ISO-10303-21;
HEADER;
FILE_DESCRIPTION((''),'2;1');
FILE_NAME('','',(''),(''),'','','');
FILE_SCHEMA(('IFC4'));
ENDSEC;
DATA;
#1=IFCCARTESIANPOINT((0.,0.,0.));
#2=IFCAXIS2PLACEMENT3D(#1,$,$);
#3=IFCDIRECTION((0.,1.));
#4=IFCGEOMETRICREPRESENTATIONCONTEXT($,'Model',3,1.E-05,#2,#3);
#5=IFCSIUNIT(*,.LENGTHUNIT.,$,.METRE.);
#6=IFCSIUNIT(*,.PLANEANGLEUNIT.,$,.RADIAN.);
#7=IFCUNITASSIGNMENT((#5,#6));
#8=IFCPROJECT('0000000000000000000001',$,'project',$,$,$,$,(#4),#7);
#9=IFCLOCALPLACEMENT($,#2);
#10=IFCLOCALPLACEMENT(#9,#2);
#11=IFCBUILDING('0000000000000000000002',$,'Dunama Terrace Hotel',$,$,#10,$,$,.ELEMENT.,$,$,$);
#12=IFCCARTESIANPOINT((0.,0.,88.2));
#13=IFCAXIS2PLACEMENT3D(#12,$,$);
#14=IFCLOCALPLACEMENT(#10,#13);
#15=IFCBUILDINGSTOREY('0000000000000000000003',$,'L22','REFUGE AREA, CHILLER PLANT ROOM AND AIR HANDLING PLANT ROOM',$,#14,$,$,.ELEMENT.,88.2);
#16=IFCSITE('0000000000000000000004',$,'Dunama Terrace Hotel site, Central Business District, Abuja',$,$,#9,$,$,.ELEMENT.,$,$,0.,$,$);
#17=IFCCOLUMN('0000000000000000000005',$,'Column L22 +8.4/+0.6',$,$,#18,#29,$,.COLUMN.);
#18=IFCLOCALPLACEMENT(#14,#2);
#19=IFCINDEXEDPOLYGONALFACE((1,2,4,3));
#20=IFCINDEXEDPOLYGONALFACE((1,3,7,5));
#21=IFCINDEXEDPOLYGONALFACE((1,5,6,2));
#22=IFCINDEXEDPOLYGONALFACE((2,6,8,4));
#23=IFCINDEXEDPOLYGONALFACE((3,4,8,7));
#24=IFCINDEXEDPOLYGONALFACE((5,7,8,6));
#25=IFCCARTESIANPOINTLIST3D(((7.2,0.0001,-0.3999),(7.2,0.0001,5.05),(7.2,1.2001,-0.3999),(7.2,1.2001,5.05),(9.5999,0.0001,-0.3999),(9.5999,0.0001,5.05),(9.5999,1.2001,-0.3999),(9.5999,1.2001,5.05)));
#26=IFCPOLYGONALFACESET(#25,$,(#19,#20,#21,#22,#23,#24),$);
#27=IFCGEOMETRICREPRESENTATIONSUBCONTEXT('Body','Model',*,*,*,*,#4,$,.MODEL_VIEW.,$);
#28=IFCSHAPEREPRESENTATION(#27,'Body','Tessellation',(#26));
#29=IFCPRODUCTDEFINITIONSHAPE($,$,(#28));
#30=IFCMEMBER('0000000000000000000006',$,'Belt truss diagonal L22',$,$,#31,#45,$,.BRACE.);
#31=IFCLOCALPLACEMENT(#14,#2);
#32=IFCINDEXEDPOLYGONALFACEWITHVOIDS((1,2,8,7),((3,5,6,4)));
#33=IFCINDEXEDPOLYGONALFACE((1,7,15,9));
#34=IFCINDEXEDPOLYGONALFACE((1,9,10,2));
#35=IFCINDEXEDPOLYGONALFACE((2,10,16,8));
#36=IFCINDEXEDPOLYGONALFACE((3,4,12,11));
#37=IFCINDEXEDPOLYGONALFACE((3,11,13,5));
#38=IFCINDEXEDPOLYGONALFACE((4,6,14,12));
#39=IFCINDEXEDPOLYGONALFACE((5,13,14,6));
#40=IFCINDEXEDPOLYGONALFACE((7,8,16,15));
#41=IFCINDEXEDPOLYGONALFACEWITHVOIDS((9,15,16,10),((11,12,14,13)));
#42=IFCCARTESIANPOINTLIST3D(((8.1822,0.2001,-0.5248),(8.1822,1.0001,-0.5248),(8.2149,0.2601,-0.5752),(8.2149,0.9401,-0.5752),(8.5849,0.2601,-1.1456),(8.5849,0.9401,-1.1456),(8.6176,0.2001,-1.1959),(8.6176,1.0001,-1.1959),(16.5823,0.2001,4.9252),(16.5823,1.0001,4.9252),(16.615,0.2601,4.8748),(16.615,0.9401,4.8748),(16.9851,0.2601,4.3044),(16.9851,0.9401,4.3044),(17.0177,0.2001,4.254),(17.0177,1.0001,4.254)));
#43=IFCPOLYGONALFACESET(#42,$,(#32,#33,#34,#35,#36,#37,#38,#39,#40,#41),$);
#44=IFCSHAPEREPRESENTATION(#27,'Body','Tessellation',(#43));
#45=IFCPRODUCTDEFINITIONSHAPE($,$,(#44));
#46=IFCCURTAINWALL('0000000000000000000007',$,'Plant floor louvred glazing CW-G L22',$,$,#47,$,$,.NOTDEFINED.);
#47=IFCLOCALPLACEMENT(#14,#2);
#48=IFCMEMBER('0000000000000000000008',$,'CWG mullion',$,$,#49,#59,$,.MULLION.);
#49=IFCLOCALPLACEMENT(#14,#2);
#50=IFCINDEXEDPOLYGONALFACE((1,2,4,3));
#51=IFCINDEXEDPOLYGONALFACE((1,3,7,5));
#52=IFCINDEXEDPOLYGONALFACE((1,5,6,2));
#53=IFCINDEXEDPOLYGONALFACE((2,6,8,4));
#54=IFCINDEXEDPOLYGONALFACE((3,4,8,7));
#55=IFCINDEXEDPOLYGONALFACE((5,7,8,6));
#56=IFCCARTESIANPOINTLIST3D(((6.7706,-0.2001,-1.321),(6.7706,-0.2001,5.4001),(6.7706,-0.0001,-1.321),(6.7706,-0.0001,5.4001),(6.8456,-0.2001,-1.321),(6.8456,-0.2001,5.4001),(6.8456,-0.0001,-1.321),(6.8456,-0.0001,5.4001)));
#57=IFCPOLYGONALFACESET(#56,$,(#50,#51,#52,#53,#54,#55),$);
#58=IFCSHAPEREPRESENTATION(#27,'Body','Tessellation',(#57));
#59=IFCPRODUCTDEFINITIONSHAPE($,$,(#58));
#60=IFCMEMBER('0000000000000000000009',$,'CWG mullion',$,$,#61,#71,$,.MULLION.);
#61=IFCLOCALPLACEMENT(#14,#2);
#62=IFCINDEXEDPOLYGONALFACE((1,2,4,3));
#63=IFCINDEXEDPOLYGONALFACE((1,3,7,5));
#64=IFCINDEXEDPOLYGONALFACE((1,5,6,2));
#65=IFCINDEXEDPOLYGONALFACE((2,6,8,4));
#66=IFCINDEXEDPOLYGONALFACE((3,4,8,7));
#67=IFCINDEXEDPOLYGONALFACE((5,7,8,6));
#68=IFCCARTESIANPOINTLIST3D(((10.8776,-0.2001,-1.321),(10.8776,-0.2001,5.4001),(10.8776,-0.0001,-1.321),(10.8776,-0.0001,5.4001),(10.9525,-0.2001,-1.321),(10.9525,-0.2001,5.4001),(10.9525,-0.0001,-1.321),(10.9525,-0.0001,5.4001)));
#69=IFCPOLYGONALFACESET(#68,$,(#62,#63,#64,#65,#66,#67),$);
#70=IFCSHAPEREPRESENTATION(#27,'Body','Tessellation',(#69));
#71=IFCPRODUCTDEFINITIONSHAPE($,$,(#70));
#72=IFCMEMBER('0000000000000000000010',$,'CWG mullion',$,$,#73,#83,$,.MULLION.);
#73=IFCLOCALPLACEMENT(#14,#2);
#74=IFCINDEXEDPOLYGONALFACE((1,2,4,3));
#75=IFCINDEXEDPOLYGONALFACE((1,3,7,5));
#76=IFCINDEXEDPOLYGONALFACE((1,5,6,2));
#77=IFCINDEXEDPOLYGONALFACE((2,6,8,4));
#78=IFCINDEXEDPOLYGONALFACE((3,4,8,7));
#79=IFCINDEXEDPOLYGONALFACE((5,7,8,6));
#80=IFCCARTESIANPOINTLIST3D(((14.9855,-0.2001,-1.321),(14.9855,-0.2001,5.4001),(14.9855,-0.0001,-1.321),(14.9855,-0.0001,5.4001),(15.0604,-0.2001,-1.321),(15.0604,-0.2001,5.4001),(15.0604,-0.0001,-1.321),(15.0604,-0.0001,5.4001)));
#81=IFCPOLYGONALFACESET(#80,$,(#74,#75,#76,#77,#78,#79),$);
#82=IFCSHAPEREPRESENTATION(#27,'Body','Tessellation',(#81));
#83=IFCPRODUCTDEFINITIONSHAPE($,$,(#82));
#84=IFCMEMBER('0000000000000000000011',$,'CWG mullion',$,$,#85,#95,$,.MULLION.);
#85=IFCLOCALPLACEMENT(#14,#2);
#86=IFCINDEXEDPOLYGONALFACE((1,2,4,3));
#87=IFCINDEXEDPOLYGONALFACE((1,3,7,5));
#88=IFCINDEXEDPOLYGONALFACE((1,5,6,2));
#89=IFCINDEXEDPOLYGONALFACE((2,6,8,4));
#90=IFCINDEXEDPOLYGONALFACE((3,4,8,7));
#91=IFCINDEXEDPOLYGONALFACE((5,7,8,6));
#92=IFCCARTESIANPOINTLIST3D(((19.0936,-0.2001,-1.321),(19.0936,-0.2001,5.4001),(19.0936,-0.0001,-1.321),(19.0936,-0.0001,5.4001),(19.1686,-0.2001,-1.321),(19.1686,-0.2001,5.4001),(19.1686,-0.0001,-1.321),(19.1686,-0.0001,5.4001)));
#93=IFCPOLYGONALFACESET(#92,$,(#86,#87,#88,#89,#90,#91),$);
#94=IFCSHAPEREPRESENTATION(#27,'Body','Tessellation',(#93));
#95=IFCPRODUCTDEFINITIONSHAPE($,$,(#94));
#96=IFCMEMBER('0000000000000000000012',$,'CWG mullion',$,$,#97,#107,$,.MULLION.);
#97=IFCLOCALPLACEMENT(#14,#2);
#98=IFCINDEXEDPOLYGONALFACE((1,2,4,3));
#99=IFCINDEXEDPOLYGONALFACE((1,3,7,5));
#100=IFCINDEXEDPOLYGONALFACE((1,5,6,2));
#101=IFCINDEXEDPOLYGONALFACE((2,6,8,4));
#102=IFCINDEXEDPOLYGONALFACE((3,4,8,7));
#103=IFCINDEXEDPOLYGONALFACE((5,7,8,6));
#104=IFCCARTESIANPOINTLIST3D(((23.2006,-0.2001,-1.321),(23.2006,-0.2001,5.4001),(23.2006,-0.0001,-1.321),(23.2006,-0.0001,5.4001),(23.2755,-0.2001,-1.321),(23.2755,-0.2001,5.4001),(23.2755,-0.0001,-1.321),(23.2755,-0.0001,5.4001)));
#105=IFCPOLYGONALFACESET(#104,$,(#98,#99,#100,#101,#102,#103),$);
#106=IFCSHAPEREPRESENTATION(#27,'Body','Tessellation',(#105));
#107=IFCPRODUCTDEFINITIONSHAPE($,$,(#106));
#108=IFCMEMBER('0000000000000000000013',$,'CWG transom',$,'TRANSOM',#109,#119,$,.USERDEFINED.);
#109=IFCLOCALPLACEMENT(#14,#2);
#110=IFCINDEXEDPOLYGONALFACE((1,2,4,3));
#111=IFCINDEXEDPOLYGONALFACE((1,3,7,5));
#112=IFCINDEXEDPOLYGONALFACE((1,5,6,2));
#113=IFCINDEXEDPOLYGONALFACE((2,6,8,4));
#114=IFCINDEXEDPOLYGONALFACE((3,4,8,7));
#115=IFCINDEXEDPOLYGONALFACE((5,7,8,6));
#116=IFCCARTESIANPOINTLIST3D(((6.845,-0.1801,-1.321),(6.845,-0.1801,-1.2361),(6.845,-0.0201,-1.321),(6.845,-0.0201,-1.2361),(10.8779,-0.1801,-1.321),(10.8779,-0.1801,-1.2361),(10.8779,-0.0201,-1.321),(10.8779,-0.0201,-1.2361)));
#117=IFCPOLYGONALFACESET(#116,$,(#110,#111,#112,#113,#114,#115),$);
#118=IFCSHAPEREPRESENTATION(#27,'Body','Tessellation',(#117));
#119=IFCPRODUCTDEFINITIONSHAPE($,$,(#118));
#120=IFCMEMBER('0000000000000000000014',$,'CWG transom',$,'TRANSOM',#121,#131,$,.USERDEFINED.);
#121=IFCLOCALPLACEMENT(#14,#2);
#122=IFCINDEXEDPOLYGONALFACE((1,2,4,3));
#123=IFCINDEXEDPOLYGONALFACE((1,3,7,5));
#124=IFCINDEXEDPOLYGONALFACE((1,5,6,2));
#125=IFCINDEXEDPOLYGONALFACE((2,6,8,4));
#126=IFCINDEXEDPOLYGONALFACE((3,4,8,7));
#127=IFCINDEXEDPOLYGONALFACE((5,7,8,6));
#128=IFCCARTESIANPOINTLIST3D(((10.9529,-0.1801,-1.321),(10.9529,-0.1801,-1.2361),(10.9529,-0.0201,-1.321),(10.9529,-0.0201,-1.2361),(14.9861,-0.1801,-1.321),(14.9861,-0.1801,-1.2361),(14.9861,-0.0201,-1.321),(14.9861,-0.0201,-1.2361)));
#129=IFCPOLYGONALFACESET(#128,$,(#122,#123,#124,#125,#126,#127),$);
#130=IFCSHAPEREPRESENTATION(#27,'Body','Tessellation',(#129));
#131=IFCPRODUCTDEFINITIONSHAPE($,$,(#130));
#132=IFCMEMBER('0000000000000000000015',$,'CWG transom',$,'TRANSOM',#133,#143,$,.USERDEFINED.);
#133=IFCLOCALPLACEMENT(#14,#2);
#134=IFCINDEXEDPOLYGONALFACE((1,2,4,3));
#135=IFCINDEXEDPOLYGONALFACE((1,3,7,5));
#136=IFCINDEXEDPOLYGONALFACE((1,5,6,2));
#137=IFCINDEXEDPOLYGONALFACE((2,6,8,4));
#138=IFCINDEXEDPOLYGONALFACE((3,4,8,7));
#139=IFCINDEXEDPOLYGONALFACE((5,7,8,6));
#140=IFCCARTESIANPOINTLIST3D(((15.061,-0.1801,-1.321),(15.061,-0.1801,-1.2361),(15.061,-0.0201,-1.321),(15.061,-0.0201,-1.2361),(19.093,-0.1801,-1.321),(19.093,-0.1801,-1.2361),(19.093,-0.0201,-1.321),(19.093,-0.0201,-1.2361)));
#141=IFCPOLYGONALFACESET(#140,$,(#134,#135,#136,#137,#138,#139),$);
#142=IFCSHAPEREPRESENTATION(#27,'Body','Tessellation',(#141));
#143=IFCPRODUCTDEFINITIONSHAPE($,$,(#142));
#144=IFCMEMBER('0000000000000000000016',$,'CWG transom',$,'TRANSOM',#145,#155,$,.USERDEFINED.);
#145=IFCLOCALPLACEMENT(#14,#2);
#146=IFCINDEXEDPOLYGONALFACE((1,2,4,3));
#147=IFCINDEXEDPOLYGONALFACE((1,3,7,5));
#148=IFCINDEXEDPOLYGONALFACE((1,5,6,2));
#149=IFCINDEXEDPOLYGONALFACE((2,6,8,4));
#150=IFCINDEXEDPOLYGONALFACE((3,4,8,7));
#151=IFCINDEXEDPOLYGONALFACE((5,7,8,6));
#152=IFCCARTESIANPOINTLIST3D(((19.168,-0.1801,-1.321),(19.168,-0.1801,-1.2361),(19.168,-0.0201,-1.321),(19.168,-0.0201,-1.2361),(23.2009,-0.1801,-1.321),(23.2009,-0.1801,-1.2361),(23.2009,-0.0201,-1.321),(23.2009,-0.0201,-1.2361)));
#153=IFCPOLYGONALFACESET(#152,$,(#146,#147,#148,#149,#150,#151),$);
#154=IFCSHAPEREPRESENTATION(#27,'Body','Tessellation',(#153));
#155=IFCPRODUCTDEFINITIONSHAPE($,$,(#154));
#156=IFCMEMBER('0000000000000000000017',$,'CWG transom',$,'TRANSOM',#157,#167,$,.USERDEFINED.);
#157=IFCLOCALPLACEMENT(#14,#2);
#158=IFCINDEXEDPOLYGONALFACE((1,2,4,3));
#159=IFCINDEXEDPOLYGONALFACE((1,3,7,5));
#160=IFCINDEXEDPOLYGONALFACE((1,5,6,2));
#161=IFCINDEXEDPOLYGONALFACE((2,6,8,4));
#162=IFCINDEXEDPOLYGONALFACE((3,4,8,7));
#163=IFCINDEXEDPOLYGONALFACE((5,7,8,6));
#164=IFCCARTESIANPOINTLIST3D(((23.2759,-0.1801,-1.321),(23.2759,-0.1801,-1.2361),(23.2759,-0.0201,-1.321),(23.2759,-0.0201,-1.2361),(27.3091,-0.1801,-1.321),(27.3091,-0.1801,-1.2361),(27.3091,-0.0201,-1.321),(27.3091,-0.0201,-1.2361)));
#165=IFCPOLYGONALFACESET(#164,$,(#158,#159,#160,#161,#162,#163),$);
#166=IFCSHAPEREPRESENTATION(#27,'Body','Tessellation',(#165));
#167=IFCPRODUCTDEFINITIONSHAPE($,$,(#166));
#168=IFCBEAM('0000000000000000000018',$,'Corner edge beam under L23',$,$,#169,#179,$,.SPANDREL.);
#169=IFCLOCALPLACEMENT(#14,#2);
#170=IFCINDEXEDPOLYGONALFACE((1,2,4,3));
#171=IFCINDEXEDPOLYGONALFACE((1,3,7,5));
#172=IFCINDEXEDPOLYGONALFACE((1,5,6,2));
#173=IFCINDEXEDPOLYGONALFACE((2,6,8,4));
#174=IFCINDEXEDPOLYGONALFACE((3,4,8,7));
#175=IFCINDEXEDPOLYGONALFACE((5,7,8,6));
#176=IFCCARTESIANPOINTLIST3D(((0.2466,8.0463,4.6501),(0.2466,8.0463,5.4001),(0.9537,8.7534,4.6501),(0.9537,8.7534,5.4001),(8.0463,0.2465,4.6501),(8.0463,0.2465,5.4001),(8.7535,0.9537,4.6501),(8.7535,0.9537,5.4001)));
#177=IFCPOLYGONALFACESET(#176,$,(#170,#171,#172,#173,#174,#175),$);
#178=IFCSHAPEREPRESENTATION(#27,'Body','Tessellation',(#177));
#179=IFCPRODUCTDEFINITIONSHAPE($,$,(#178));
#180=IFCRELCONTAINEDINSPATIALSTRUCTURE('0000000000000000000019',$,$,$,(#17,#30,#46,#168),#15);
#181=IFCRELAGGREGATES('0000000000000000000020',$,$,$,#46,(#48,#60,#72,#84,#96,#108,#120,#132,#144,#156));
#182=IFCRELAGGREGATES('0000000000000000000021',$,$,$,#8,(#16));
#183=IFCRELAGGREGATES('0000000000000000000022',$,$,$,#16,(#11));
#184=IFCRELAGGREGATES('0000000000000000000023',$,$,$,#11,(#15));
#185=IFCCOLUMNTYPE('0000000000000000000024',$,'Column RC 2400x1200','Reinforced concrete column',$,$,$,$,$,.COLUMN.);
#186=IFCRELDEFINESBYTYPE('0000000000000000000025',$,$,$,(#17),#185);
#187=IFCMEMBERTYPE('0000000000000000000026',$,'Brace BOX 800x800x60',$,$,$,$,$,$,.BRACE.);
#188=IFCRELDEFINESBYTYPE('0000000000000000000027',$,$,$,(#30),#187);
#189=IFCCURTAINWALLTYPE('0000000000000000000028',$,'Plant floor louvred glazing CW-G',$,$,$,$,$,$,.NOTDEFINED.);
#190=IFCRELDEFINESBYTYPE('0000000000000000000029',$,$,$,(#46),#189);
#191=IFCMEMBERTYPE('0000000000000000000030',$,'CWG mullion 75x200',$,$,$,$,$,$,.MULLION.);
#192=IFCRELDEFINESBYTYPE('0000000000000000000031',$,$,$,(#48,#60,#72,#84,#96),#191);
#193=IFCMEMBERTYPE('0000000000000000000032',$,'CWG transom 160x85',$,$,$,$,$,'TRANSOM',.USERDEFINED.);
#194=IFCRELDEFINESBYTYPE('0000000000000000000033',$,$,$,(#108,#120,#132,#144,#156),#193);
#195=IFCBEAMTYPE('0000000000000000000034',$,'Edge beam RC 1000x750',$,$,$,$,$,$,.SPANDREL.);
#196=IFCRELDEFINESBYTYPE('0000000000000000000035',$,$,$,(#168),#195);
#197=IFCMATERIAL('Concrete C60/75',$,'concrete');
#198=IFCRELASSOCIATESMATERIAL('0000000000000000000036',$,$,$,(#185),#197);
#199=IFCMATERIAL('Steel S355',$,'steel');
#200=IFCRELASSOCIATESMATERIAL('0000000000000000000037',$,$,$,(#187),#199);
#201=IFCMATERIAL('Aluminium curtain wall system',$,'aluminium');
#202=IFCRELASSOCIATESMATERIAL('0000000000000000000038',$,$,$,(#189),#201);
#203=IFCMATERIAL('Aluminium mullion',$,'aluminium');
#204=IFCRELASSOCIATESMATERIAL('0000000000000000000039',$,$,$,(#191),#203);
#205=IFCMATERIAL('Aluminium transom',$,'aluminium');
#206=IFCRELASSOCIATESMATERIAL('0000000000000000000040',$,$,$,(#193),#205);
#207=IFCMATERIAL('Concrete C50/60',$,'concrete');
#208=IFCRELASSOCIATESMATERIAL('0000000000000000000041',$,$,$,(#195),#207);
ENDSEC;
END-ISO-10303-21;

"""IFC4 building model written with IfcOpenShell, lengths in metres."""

from ifc_helpers import new_model, si_unit, direction, frame, origin, origin_2d, place, context, subcontext, project, spatial, rectangle, hollow_rectangle, extrude, material, material_profile, profile_set, type_object, element, aggregate, save


model = new_model("IFC4")

# Units and contexts
model_context = context("Model", 3, precision=1e-05, world=origin(), true_north=direction((0.0, 1.0)))
body_context = subcontext(model_context, "Body", "Model", "MODEL_VIEW")
ifc_project = project(units=[si_unit("LENGTHUNIT", "METRE"), si_unit("PLANEANGLEUNIT", "RADIAN")], contexts=[model_context])

# Site, building, storey
site_placement = place(None, origin())
site = spatial("IfcSite", under=ifc_project, at=site_placement, Name="Dunama Terrace Hotel site, Central Business District, Abuja", CompositionType="ELEMENT", RefElevation=0.0)
building_placement = place(site_placement, origin())
building = spatial("IfcBuilding", under=site, at=building_placement, Name="Dunama Terrace Hotel", CompositionType="ELEMENT")
storey_placement = place(building_placement, frame((0.0, 0.0, 88.2)))
storey = spatial("IfcBuildingStorey", under=building, at=storey_placement, Name="L22", Description="REFUGE AREA, CHILLER PLANT ROOM AND AIR HANDLING PLANT ROOM", CompositionType="ELEMENT", Elevation=88.2)

# Column
ifc_material_1 = material(Name="Concrete C60/75", Category="concrete")
ifc_material_profile_1 = material_profile(ifc_material_1, rectangle(XDim=2.3999, YDim=1.2, at=origin_2d()), Name="RC 2400x1200")
ifc_profile_set_1 = profile_set([ifc_material_profile_1], Name="Concrete C60/75")
column_type = type_object("IfcColumnType", Name="Column RC 2400x1200", Description="Reinforced concrete column", PredefinedType="COLUMN", material=ifc_profile_set_1)
column_placement = place(storey_placement, frame((8.3999, 0.6001, -0.3999), z_axis=(0.0, 0.0, 1.0), x_axis=(1.0, 0.0, 0.0)))
element("IfcColumn", 1, at=column_placement, inside=storey, type_object=column_type, Name="Column L22 +8.4/+0.6", PredefinedType="COLUMN", context=body_context, shape_type="SweptSolid", body=[
    extrude(rectangle(XDim=2.3999, YDim=1.2, at=origin_2d()), origin(), (0.0, 0.0, 1.0), 5.45),
])

# Member
ifc_material_2 = material(Name="Steel S355", Category="steel")
ifc_material_profile_2 = material_profile(ifc_material_2, hollow_rectangle(XDim=0.8, YDim=0.8, WallThickness=0.0601, at=origin_2d()), Name="BOX 800x800x60")
ifc_profile_set_2 = profile_set([ifc_material_profile_2], Name="Steel S355")
member_type_1 = type_object("IfcMemberType", Name="Brace BOX 800x800x60", PredefinedType="BRACE", material=ifc_profile_set_2)
member_1_placement = place(storey_placement, frame((8.3999, 0.6001, -0.8604), z_axis=(0.838906, 0.0, 0.544276), x_axis=(0.0, 1.0, 0.0)))
element("IfcMember", 2, at=member_1_placement, inside=storey, type_object=member_type_1, Name="Belt truss diagonal L22", PredefinedType="BRACE", context=body_context, shape_type="SweptSolid", body=[
    extrude(hollow_rectangle(XDim=0.8, YDim=0.8, WallThickness=0.0601, at=origin_2d()), origin(), (0.0, 0.0, 1.0), 10.0132),
])

# Curtain wall, members
ifc_material_3 = material(Name="Aluminium curtain wall system", Category="aluminium")
curtain_wall_type = type_object("IfcCurtainWallType", Name="Plant floor louvred glazing CW-G", PredefinedType="NOTDEFINED", material=ifc_material_3)
curtain_wall_placement = place(storey_placement, origin())
curtain_wall = element("IfcCurtainWall", 3, at=curtain_wall_placement, inside=storey, type_object=curtain_wall_type, Name="Plant floor louvred glazing CW-G L22", PredefinedType="NOTDEFINED")
ifc_material_4 = material(Name="Aluminium mullion", Category="aluminium")
ifc_material_profile_3 = material_profile(ifc_material_4, rectangle(XDim=0.075, YDim=0.2, at=origin_2d()), Name="CWG MULLION 75X200")
ifc_profile_set_3 = profile_set([ifc_material_profile_3], Name="Aluminium mullion")
member_type_2 = type_object("IfcMemberType", Name="CWG mullion 75x200", PredefinedType="MULLION", material=ifc_profile_set_3)
member_2_placement = place(storey_placement, frame((6.8081, -0.1001, -1.321), z_axis=(0.0, 0.0, 1.0), x_axis=(1.0, 0.0, 0.0)))
member_2 = element("IfcMember", 4, at=member_2_placement, type_object=member_type_2, Name="CWG mullion", PredefinedType="MULLION", context=body_context, shape_type="SweptSolid", body=[
    extrude(rectangle(XDim=0.075, YDim=0.2, at=origin_2d()), origin(), (0.0, 0.0, 1.0), 6.7212),
])
member_3_placement = place(storey_placement, frame((10.915, -0.1001, -1.321), z_axis=(0.0, 0.0, 1.0), x_axis=(1.0, 0.0, 0.0)))
member_3 = element("IfcMember", 5, at=member_3_placement, type_object=member_type_2, Name="CWG mullion", PredefinedType="MULLION", context=body_context, shape_type="SweptSolid", body=[
    extrude(rectangle(XDim=0.075, YDim=0.2, at=origin_2d()), origin(), (0.0, 0.0, 1.0), 6.7212),
])
member_4_placement = place(storey_placement, frame((15.0229, -0.1001, -1.321), z_axis=(0.0, 0.0, 1.0), x_axis=(1.0, 0.0, 0.0)))
member_4 = element("IfcMember", 6, at=member_4_placement, type_object=member_type_2, Name="CWG mullion", PredefinedType="MULLION", context=body_context, shape_type="SweptSolid", body=[
    extrude(rectangle(XDim=0.075, YDim=0.2, at=origin_2d()), origin(), (0.0, 0.0, 1.0), 6.7212),
])
member_5_placement = place(storey_placement, frame((19.1311, -0.1001, -1.321), z_axis=(0.0, 0.0, 1.0), x_axis=(1.0, 0.0, 0.0)))
member_5 = element("IfcMember", 7, at=member_5_placement, type_object=member_type_2, Name="CWG mullion", PredefinedType="MULLION", context=body_context, shape_type="SweptSolid", body=[
    extrude(rectangle(XDim=0.075, YDim=0.2, at=origin_2d()), origin(), (0.0, 0.0, 1.0), 6.7212),
])
member_6_placement = place(storey_placement, frame((23.238, -0.1001, -1.321), z_axis=(0.0, 0.0, 1.0), x_axis=(1.0, 0.0, 0.0)))
member_6 = element("IfcMember", 8, at=member_6_placement, type_object=member_type_2, Name="CWG mullion", PredefinedType="MULLION", context=body_context, shape_type="SweptSolid", body=[
    extrude(rectangle(XDim=0.075, YDim=0.2, at=origin_2d()), origin(), (0.0, 0.0, 1.0), 6.7212),
])
ifc_material_5 = material(Name="Aluminium transom", Category="aluminium")
ifc_material_profile_4 = material_profile(ifc_material_5, rectangle(XDim=0.1599, YDim=0.085, at=origin_2d()), Name="CWG TRANSOM 160X85")
ifc_profile_set_4 = profile_set([ifc_material_profile_4], Name="Aluminium transom")
member_type_3 = type_object("IfcMemberType", Name="CWG transom 160x85", ElementType="TRANSOM", PredefinedType="USERDEFINED", material=ifc_profile_set_4)
member_7_placement = place(storey_placement, frame((6.845, -0.1001, -1.2786), z_axis=(1.0, 0.0, 0.0), x_axis=(0.0, 1.0, 0.0)))
member_7 = element("IfcMember", 9, at=member_7_placement, type_object=member_type_3, Name="CWG transom", ObjectType="TRANSOM", PredefinedType="USERDEFINED", context=body_context, shape_type="SweptSolid", body=[
    extrude(rectangle(XDim=0.1599, YDim=0.085, at=origin_2d()), origin(), (0.0, 0.0, 1.0), 4.033),
])
member_8_placement = place(storey_placement, frame((10.9529, -0.1001, -1.2786), z_axis=(1.0, 0.0, 0.0), x_axis=(0.0, 1.0, 0.0)))
member_8 = element("IfcMember", 10, at=member_8_placement, type_object=member_type_3, Name="CWG transom", ObjectType="TRANSOM", PredefinedType="USERDEFINED", context=body_context, shape_type="SweptSolid", body=[
    extrude(rectangle(XDim=0.1599, YDim=0.085, at=origin_2d()), origin(), (0.0, 0.0, 1.0), 4.0332),
])
member_9_placement = place(storey_placement, frame((15.061, -0.1001, -1.2786), z_axis=(1.0, 0.0, 0.0), x_axis=(0.0, 1.0, 0.0)))
member_9 = element("IfcMember", 11, at=member_9_placement, type_object=member_type_3, Name="CWG transom", ObjectType="TRANSOM", PredefinedType="USERDEFINED", context=body_context, shape_type="SweptSolid", body=[
    extrude(rectangle(XDim=0.1599, YDim=0.085, at=origin_2d()), origin(), (0.0, 0.0, 1.0), 4.032),
])
member_10_placement = place(storey_placement, frame((19.168, -0.1001, -1.2786), z_axis=(1.0, 0.0, 0.0), x_axis=(0.0, 1.0, 0.0)))
member_10 = element("IfcMember", 12, at=member_10_placement, type_object=member_type_3, Name="CWG transom", ObjectType="TRANSOM", PredefinedType="USERDEFINED", context=body_context, shape_type="SweptSolid", body=[
    extrude(rectangle(XDim=0.1599, YDim=0.085, at=origin_2d()), origin(), (0.0, 0.0, 1.0), 4.033),
])
member_11_placement = place(storey_placement, frame((23.2759, -0.1001, -1.2786), z_axis=(1.0, 0.0, 0.0), x_axis=(0.0, 1.0, 0.0)))
member_11 = element("IfcMember", 13, at=member_11_placement, type_object=member_type_3, Name="CWG transom", ObjectType="TRANSOM", PredefinedType="USERDEFINED", context=body_context, shape_type="SweptSolid", body=[
    extrude(rectangle(XDim=0.1599, YDim=0.085, at=origin_2d()), origin(), (0.0, 0.0, 1.0), 4.0332),
])

# Beam
ifc_material_6 = material(Name="Concrete C50/60", Category="concrete")
ifc_material_profile_5 = material_profile(ifc_material_6, rectangle(XDim=1.0, YDim=0.75, at=origin_2d()), Name="RC 1000x750")
ifc_profile_set_5 = profile_set([ifc_material_profile_5], Name="Concrete C50/60")
beam_type = type_object("IfcBeamType", Name="Edge beam RC 1000x750", PredefinedType="SPANDREL", material=ifc_profile_set_5)
beam_placement = place(storey_placement, frame((8.3999, 0.6001, 5.0251), z_axis=(-0.707107, 0.707107, 0.0), x_axis=(-0.707107, -0.707107, 0.0)))
element("IfcBeam", 14, at=beam_placement, inside=storey, type_object=beam_type, Name="Corner edge beam under L23", PredefinedType="SPANDREL", context=body_context, shape_type="SweptSolid", body=[
    extrude(rectangle(XDim=1.0, YDim=0.75, at=origin_2d()), origin(), (0.0, 0.0, 1.0), 11.0305),
])

aggregate(curtain_wall, [member_2, member_3, member_4, member_5, member_6, member_7, member_8, member_9, member_10, member_11])

save(model, "model.ifc")
